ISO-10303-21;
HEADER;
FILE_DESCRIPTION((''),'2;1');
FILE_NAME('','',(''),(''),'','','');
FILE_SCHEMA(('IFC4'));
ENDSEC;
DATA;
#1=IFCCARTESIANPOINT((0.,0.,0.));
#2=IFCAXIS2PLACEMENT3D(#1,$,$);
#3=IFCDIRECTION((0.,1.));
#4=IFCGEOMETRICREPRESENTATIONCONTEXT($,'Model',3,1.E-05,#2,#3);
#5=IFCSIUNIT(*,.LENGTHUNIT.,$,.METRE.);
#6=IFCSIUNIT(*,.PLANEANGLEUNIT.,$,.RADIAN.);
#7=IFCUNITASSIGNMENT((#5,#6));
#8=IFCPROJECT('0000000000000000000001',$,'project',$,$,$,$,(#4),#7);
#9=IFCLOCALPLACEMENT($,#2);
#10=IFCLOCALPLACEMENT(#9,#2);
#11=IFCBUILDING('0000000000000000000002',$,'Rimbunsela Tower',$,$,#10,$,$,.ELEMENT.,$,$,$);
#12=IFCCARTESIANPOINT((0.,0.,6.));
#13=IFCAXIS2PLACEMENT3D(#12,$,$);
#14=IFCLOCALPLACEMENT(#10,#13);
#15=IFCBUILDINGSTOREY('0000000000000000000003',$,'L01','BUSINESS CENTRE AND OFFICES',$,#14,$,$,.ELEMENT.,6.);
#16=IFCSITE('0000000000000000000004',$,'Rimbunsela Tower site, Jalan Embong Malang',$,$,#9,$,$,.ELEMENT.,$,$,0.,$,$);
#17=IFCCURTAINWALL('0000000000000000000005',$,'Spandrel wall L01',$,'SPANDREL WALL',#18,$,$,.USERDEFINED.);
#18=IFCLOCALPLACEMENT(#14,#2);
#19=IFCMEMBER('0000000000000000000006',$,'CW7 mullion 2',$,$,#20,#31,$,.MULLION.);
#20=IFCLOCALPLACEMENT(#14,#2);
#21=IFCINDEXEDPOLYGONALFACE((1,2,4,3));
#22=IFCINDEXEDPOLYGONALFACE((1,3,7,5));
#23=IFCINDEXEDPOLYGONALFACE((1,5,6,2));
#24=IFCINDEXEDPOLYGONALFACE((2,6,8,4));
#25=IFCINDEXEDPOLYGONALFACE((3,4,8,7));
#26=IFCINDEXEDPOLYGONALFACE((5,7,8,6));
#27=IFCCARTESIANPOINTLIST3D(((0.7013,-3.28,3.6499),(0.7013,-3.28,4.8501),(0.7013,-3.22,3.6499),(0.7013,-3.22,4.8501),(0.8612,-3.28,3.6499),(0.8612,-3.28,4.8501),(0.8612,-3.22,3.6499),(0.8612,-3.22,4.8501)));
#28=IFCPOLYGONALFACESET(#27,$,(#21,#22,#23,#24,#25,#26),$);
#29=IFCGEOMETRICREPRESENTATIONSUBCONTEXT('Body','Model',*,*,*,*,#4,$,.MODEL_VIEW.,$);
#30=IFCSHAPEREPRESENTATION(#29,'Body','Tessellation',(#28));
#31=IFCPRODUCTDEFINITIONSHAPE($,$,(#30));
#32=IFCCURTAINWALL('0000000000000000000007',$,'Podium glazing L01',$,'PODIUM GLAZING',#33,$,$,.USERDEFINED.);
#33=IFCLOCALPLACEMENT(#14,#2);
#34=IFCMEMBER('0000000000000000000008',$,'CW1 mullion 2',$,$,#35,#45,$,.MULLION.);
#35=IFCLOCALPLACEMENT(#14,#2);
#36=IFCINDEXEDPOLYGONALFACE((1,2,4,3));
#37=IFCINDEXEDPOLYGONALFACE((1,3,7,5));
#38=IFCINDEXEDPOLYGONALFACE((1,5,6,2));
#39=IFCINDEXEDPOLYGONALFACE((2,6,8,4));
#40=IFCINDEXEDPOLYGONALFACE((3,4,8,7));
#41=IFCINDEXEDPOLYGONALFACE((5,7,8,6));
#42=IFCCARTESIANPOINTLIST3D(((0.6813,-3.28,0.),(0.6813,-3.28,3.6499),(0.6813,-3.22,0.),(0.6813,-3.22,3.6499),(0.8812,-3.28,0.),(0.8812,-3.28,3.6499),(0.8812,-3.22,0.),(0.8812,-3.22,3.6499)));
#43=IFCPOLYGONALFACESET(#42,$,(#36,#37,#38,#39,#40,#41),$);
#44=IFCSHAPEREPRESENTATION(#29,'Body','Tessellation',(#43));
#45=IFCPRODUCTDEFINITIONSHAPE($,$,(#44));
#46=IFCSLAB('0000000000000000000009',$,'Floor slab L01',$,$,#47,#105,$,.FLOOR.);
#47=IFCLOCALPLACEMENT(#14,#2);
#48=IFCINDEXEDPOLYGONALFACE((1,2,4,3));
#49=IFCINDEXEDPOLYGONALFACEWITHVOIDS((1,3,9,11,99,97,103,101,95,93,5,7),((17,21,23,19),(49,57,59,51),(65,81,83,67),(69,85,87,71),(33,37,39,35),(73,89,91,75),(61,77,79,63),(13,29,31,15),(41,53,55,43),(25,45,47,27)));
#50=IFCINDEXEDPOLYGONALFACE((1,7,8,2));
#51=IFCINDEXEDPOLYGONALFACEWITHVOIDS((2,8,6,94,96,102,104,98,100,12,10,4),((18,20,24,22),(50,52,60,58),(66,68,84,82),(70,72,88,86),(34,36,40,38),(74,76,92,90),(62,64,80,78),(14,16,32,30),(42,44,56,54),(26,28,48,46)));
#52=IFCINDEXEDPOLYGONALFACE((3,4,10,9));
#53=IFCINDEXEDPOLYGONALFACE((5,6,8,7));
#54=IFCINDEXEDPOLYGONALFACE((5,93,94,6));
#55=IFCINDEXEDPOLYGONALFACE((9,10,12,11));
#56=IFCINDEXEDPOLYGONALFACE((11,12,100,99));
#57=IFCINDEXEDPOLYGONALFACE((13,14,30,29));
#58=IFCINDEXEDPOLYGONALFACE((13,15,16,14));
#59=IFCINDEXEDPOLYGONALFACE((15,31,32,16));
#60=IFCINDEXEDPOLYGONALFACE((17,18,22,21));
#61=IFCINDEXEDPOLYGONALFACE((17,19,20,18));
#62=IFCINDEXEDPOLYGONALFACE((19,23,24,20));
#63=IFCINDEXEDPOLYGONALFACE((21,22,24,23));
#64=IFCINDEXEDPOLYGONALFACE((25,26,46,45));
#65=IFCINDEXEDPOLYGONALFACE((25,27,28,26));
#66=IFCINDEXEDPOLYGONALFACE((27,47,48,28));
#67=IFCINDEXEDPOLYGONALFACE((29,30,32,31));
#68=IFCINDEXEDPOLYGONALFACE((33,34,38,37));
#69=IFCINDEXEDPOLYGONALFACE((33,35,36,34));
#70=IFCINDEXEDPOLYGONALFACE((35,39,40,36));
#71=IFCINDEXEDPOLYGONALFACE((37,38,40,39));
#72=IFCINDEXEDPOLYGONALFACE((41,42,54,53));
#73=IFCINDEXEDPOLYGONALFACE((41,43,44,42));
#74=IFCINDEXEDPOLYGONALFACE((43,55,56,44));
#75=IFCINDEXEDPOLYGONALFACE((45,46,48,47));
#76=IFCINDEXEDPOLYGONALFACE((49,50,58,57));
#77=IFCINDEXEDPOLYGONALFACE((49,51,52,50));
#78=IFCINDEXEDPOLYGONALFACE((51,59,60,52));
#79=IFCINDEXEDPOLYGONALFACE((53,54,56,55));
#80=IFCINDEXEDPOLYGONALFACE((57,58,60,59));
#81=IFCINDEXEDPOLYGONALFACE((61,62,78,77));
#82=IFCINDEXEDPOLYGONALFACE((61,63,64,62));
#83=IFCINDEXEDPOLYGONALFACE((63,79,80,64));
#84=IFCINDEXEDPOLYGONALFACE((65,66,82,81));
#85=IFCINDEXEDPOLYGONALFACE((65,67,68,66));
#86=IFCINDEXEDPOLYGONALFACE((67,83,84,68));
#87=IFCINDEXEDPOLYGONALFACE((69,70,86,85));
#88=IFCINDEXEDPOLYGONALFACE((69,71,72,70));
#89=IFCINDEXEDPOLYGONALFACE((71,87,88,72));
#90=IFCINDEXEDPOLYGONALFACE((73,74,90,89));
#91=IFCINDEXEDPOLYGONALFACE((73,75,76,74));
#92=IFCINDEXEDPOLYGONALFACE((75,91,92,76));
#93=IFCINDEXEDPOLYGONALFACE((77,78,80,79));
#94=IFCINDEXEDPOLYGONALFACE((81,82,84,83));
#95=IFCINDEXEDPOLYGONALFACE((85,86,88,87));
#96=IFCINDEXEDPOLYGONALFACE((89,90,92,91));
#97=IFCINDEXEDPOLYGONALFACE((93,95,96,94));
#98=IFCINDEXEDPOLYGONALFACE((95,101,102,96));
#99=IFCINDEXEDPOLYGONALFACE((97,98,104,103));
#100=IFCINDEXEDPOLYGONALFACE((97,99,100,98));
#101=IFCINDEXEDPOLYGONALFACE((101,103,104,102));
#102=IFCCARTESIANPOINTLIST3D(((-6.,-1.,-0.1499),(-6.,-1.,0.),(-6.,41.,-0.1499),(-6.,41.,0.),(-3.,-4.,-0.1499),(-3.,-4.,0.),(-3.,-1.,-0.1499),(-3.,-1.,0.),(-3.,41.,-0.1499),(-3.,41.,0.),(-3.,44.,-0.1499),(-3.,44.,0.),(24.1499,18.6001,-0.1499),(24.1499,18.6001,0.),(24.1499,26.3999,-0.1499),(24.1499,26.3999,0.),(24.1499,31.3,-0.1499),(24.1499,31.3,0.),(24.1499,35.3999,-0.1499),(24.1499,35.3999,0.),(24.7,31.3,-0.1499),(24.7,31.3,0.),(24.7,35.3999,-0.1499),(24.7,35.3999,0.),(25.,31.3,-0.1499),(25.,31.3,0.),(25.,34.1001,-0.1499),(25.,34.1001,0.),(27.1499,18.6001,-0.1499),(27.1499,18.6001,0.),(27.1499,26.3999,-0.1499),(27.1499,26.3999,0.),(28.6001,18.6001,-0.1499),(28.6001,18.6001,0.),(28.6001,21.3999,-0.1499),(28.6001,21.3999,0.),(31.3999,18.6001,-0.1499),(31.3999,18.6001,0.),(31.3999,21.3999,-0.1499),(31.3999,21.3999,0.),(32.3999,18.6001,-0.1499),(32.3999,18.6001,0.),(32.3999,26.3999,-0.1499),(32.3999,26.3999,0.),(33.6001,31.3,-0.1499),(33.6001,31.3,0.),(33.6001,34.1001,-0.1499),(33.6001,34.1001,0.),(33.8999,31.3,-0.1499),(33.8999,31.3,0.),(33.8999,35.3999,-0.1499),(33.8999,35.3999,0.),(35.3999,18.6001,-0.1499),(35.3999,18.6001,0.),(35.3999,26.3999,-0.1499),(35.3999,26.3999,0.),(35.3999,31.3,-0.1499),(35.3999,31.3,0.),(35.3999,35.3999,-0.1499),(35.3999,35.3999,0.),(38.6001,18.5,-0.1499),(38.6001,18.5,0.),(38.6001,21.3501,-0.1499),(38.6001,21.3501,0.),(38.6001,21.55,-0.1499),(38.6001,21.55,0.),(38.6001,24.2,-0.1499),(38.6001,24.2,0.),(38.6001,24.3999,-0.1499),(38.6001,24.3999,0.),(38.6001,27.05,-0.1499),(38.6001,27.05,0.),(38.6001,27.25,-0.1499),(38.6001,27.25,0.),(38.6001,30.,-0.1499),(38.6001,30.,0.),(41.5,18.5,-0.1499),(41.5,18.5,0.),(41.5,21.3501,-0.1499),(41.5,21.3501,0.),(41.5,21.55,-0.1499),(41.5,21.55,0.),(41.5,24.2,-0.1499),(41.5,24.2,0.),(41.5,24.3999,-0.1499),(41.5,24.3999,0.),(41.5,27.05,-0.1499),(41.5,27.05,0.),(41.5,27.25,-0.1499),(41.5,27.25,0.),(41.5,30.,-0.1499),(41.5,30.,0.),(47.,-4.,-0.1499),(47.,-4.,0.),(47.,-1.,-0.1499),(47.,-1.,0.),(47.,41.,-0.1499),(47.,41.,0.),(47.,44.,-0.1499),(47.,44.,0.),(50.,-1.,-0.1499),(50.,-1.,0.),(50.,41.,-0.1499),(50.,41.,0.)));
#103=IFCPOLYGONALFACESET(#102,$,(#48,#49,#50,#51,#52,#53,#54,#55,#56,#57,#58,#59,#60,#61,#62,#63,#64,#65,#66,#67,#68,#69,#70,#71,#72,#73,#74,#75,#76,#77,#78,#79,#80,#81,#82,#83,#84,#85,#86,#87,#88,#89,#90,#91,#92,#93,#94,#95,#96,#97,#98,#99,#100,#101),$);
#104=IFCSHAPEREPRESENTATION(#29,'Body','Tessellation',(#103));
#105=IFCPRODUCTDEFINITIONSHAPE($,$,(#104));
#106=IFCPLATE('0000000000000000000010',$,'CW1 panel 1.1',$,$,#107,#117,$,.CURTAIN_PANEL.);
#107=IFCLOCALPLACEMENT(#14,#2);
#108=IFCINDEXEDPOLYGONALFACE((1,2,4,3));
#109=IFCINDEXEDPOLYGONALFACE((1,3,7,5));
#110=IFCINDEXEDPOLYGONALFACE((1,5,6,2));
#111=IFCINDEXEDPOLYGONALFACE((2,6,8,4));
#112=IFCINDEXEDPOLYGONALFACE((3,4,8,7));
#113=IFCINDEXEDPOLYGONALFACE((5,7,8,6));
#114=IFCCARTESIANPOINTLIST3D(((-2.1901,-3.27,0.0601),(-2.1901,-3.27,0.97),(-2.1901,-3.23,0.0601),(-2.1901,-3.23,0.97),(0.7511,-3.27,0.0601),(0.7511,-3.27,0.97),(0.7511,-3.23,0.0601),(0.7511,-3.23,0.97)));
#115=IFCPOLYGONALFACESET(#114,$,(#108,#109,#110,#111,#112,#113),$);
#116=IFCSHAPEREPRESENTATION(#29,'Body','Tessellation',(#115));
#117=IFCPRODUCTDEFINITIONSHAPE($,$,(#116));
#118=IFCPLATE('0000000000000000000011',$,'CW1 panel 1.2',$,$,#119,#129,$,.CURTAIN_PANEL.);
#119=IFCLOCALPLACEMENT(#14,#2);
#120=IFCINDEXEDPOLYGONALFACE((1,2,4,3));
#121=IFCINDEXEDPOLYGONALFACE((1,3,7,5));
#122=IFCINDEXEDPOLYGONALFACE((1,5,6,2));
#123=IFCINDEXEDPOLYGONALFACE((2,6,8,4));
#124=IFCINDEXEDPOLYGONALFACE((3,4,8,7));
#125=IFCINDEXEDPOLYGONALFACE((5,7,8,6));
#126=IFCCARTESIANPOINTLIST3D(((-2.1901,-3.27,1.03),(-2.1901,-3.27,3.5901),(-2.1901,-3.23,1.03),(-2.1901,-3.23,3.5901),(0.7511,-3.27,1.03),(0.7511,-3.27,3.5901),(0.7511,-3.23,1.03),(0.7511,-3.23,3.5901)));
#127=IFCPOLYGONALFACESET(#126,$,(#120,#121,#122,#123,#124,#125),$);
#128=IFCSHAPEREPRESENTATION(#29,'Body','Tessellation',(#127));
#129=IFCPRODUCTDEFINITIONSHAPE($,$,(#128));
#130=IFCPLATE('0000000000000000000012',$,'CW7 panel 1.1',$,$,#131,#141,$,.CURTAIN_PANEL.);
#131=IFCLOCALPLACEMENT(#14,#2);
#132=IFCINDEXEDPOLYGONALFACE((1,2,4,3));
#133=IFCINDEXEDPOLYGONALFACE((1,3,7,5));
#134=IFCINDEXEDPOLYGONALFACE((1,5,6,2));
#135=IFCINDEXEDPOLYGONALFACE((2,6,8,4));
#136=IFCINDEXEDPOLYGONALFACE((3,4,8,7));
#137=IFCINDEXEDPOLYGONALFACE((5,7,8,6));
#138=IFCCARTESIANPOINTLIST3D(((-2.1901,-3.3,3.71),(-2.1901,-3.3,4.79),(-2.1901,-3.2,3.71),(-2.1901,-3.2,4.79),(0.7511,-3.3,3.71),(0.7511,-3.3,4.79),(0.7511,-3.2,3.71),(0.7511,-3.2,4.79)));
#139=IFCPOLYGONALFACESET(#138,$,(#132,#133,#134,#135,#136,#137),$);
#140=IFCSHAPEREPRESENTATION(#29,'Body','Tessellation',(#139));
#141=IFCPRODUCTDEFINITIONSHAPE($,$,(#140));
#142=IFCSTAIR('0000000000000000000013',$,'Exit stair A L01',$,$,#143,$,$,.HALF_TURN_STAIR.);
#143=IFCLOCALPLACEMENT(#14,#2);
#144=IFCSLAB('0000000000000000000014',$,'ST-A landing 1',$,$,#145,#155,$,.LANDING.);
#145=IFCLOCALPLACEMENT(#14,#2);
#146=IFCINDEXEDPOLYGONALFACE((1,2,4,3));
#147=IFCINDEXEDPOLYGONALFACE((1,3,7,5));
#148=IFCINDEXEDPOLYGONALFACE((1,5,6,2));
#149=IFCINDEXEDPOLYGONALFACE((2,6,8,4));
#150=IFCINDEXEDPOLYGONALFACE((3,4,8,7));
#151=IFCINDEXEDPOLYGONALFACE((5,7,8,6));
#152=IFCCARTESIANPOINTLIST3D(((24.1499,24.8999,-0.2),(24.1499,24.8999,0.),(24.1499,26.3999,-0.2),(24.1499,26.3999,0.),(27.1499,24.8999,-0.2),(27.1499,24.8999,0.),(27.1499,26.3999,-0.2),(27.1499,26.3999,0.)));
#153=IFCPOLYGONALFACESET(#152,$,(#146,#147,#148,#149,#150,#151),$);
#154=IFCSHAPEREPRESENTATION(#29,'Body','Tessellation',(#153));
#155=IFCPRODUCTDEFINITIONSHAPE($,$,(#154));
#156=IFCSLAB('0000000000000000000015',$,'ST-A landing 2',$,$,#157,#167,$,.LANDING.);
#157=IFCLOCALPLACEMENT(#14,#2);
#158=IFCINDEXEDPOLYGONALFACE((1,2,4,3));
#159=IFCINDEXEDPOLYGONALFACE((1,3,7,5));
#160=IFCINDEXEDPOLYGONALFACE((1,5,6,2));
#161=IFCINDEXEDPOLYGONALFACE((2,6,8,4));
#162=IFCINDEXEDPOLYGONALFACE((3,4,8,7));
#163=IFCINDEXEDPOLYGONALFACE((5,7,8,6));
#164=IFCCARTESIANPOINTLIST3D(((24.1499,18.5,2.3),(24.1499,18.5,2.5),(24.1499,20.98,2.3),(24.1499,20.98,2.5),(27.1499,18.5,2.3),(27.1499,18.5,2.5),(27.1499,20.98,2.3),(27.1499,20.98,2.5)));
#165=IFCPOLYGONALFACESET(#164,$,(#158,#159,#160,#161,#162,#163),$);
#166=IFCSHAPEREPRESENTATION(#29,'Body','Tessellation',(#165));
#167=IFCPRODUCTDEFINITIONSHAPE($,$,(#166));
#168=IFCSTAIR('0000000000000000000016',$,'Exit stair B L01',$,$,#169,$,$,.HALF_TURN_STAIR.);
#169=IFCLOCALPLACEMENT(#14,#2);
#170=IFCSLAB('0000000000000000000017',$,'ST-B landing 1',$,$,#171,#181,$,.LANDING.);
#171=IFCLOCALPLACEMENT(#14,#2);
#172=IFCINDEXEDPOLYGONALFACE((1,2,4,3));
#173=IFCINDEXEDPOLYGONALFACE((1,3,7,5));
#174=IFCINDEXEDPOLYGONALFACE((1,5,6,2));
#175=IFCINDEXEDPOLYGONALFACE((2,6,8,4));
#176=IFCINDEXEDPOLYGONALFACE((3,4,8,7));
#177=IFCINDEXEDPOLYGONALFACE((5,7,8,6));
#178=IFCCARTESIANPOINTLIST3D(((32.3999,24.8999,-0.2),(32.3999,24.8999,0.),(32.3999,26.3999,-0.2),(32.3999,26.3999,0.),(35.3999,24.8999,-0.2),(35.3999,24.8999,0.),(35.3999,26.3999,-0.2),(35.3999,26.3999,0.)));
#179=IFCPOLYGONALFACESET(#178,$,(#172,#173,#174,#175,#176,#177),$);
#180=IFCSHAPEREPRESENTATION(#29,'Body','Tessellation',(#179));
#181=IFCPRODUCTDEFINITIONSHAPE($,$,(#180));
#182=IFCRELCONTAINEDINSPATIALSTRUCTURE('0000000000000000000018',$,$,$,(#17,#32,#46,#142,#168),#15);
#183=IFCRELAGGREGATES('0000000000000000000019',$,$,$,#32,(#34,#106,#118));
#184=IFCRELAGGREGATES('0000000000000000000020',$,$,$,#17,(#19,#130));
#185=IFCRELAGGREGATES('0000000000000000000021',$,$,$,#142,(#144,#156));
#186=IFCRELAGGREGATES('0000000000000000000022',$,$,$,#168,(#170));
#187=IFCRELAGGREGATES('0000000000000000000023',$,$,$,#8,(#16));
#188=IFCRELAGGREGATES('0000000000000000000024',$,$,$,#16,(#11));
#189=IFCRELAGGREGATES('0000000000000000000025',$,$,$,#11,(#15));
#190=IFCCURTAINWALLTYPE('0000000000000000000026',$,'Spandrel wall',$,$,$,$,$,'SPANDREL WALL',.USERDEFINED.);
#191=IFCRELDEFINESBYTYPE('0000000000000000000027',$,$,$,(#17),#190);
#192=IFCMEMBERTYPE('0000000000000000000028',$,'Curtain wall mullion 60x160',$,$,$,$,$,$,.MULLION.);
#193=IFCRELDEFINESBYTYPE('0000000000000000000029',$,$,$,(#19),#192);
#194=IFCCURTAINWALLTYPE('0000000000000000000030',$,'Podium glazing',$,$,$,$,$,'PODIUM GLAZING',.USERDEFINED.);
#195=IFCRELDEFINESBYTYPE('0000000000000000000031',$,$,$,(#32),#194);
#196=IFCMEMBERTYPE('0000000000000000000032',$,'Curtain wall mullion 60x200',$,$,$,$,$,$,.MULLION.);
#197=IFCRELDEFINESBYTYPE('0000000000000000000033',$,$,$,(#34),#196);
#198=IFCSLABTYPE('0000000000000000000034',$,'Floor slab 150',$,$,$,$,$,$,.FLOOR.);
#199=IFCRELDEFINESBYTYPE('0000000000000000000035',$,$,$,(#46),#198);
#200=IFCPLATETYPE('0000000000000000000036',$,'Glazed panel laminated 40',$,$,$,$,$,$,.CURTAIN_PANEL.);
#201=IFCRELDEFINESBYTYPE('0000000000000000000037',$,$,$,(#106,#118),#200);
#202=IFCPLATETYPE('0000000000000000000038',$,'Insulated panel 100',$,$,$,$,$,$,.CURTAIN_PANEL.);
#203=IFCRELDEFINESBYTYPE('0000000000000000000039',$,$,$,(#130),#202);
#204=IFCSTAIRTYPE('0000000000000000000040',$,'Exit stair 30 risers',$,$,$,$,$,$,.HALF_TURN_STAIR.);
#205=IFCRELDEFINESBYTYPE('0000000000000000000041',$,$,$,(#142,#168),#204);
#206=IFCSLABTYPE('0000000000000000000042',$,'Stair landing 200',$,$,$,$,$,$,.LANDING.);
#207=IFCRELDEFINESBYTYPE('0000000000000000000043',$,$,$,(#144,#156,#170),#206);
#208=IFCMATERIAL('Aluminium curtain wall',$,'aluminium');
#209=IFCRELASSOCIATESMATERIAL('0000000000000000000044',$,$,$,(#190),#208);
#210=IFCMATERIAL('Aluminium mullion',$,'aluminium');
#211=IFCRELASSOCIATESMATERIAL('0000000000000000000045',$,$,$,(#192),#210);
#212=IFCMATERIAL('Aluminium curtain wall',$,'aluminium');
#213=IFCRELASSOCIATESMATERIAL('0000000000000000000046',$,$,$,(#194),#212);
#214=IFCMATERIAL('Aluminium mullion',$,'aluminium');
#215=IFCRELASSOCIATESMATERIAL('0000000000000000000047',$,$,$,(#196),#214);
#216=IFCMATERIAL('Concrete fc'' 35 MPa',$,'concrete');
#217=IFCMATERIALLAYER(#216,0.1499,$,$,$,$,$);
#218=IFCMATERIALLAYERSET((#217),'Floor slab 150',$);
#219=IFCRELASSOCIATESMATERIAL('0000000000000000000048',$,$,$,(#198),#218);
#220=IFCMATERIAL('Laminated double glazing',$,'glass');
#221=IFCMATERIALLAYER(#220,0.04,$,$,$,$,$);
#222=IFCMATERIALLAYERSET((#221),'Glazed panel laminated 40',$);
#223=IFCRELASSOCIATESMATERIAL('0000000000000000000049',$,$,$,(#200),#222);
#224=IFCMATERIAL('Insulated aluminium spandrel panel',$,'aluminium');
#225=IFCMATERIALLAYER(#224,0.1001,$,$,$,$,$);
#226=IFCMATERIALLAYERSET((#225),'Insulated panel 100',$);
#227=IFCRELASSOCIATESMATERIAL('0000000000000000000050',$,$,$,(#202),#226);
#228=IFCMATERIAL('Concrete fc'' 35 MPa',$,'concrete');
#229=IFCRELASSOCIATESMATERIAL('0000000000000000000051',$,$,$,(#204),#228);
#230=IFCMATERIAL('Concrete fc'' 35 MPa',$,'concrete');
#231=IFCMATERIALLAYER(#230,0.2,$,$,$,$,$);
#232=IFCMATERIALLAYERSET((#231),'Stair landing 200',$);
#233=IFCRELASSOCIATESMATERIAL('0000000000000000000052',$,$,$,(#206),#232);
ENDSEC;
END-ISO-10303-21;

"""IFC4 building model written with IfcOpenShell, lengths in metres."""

from ifc_helpers import new_model, si_unit, direction, frame, origin, origin_2d, place, context, subcontext, project, spatial, polyline, rectangle, outline, extrude, material, layer, layer_set, material_profile, profile_set, type_object, element, aggregate, save


model = new_model("IFC4")

# Units and contexts
model_context = context("Model", 3, precision=1e-05, world=origin(), true_north=direction((0.0, 1.0)))
body_context = subcontext(model_context, "Body", "Model", "MODEL_VIEW")
ifc_project = project(units=[si_unit("LENGTHUNIT", "METRE"), si_unit("PLANEANGLEUNIT", "RADIAN")], contexts=[model_context])

# Site, building, storey
site_placement = place(None, origin())
site = spatial("IfcSite", under=ifc_project, at=site_placement, Name="Rimbunsela Tower site, Jalan Embong Malang", CompositionType="ELEMENT", RefElevation=0.0)
building_placement = place(site_placement, origin())
building = spatial("IfcBuilding", under=site, at=building_placement, Name="Rimbunsela Tower", CompositionType="ELEMENT")
storey_placement = place(building_placement, frame((0.0, 0.0, 6.0)))
storey = spatial("IfcBuildingStorey", under=building, at=storey_placement, Name="L01", Description="BUSINESS CENTRE AND OFFICES", CompositionType="ELEMENT", Elevation=6.0)

# Curtain walls, members
ifc_material_1 = material(Name="Aluminium curtain wall", Category="aluminium")
curtain_wall_type_1 = type_object("IfcCurtainWallType", Name="Spandrel wall", ElementType="SPANDREL WALL", PredefinedType="USERDEFINED", material=ifc_material_1)
curtain_wall_1_placement = place(storey_placement, origin())
curtain_wall_1 = element("IfcCurtainWall", 1, at=curtain_wall_1_placement, inside=storey, type_object=curtain_wall_type_1, Name="Spandrel wall L01", ObjectType="SPANDREL WALL", PredefinedType="USERDEFINED")
ifc_material_2 = material(Name="Aluminium mullion", Category="aluminium")
ifc_material_profile_1 = material_profile(ifc_material_2, rectangle(XDim=0.0601, YDim=0.1599, at=origin_2d()), Name="Mullion 60x160")
ifc_profile_set_1 = profile_set([ifc_material_profile_1], Name="Aluminium mullion")
member_type_1 = type_object("IfcMemberType", Name="Curtain wall mullion 60x160", PredefinedType="MULLION", material=ifc_profile_set_1)
member_1_placement = place(storey_placement, frame((0.7812, -3.25, 3.6499), z_axis=(0.0, 0.0, 1.0), x_axis=(0.0, 1.0, 0.0)))
member_1 = element("IfcMember", 2, at=member_1_placement, type_object=member_type_1, Name="CW7 mullion 2", PredefinedType="MULLION", context=body_context, shape_type="SweptSolid", body=[
    extrude(rectangle(XDim=0.0601, YDim=0.1599, at=origin_2d()), origin(), (0.0, 0.0, 1.0), 1.2002),
])
ifc_material_3 = material(Name="Aluminium curtain wall", Category="aluminium")
curtain_wall_type_2 = type_object("IfcCurtainWallType", Name="Podium glazing", ElementType="PODIUM GLAZING", PredefinedType="USERDEFINED", material=ifc_material_3)
curtain_wall_2_placement = place(storey_placement, origin())
curtain_wall_2 = element("IfcCurtainWall", 3, at=curtain_wall_2_placement, inside=storey, type_object=curtain_wall_type_2, Name="Podium glazing L01", ObjectType="PODIUM GLAZING", PredefinedType="USERDEFINED")
ifc_material_4 = material(Name="Aluminium mullion", Category="aluminium")
ifc_material_profile_2 = material_profile(ifc_material_4, rectangle(XDim=0.0601, YDim=0.2, at=origin_2d()), Name="Mullion 60x200")
ifc_profile_set_2 = profile_set([ifc_material_profile_2], Name="Aluminium mullion")
member_type_2 = type_object("IfcMemberType", Name="Curtain wall mullion 60x200", PredefinedType="MULLION", material=ifc_profile_set_2)
member_2_placement = place(storey_placement, frame((0.7812, -3.25, 0.0), z_axis=(0.0, 0.0, 1.0), x_axis=(0.0, 1.0, 0.0)))
member_2 = element("IfcMember", 4, at=member_2_placement, type_object=member_type_2, Name="CW1 mullion 2", PredefinedType="MULLION", context=body_context, shape_type="SweptSolid", body=[
    extrude(rectangle(XDim=0.0601, YDim=0.2, at=origin_2d()), origin(), (0.0, 0.0, 1.0), 3.6499),
])

# Slab
ifc_material_5 = material(Name="Concrete fc' 35 MPa", Category="concrete")
ifc_layer_1 = layer(ifc_material_5, 0.1499)
ifc_layer_set_1 = layer_set([ifc_layer_1], Name="Floor slab 150")
slab_type_1 = type_object("IfcSlabType", Name="Floor slab 150", PredefinedType="FLOOR", material=ifc_layer_set_1)
slab_1_placement = place(storey_placement, frame((0.0, 0.0, -0.1499)))
element("IfcSlab", 5, at=slab_1_placement, inside=storey, type_object=slab_type_1, Name="Floor slab L01", PredefinedType="FLOOR", context=body_context, shape_type="SweptSolid", body=[
    extrude(outline(polyline([(-3.0, -4.0), (47.0, -4.0), (47.0, -1.0), (50.0, -1.0), (50.0, 41.0), (47.0, 41.0), (47.0, 44.0), (-3.0, 44.0), (-3.0, 41.0), (-6.0, 41.0), (-6.0, -1.0), (-3.0, -1.0), (-3.0, -4.0)]), holes=[polyline([(27.1499, 18.6001), (27.1499, 26.3999), (24.1499, 26.3999), (24.1499, 18.6001), (27.1499, 18.6001)]), polyline([(24.7, 31.3), (24.7, 35.3999), (24.1499, 35.3999), (24.1499, 31.3), (24.7, 31.3)]), polyline([(25.0, 34.1001), (25.0, 31.3), (33.6001, 31.3), (33.6001, 34.1001), (25.0, 34.1001)]), polyline([(31.3999, 21.3999), (28.6001, 21.3999), (28.6001, 18.6001), (31.3999, 18.6001), (31.3999, 21.3999)]), polyline([(35.3999, 18.6001), (35.3999, 26.3999), (32.3999, 26.3999), (32.3999, 18.6001), (35.3999, 18.6001)]), polyline([(35.3999, 31.3), (35.3999, 35.3999), (33.8999, 35.3999), (33.8999, 31.3), (35.3999, 31.3)]), polyline([(41.5, 21.3501), (38.6001, 21.3501), (38.6001, 18.5), (41.5, 18.5), (41.5, 21.3501)]), polyline([(41.5, 21.55), (41.5, 24.2), (38.6001, 24.2), (38.6001, 21.55), (41.5, 21.55)]), polyline([(41.5, 27.05), (38.6001, 27.05), (38.6001, 24.3999), (41.5, 24.3999), (41.5, 27.05)]), polyline([(41.5, 27.25), (41.5, 30.0), (38.6001, 30.0), (38.6001, 27.25), (41.5, 27.25)])]), origin(), (0.0, 0.0, 1.0), 0.1499),
])

# Plates
ifc_material_6 = material(Name="Laminated double glazing", Category="glass")
ifc_layer_2 = layer(ifc_material_6, 0.04)
ifc_layer_set_2 = layer_set([ifc_layer_2], Name="Glazed panel laminated 40")
plate_type_1 = type_object("IfcPlateType", Name="Glazed panel laminated 40", PredefinedType="CURTAIN_PANEL", material=ifc_layer_set_2)
plate_1_placement = place(storey_placement, frame((-0.7195, -3.25, 0.0601), z_axis=(0.0, 0.0, 1.0), x_axis=(1.0, 0.0, 0.0)))
plate_1 = element("IfcPlate", 6, at=plate_1_placement, type_object=plate_type_1, Name="CW1 panel 1.1", PredefinedType="CURTAIN_PANEL", context=body_context, shape_type="SweptSolid", body=[
    extrude(rectangle(XDim=2.9412, YDim=0.04, at=origin_2d()), origin(), (0.0, 0.0, 1.0), 0.9099),
])
plate_2_placement = place(storey_placement, frame((-0.7195, -3.25, 1.03), z_axis=(0.0, 0.0, 1.0), x_axis=(1.0, 0.0, 0.0)))
plate_2 = element("IfcPlate", 7, at=plate_2_placement, type_object=plate_type_1, Name="CW1 panel 1.2", PredefinedType="CURTAIN_PANEL", context=body_context, shape_type="SweptSolid", body=[
    extrude(rectangle(XDim=2.9412, YDim=0.04, at=origin_2d()), origin(), (0.0, 0.0, 1.0), 2.5601),
])
aggregate(curtain_wall_2, [member_2, plate_1, plate_2])
ifc_material_7 = material(Name="Insulated aluminium spandrel panel", Category="aluminium")
ifc_layer_3 = layer(ifc_material_7, 0.1001)
ifc_layer_set_3 = layer_set([ifc_layer_3], Name="Insulated panel 100")
plate_type_2 = type_object("IfcPlateType", Name="Insulated panel 100", PredefinedType="CURTAIN_PANEL", material=ifc_layer_set_3)
plate_3_placement = place(storey_placement, frame((-0.7195, -3.25, 3.71), z_axis=(0.0, 0.0, 1.0), x_axis=(1.0, 0.0, 0.0)))
plate_3 = element("IfcPlate", 8, at=plate_3_placement, type_object=plate_type_2, Name="CW7 panel 1.1", PredefinedType="CURTAIN_PANEL", context=body_context, shape_type="SweptSolid", body=[
    extrude(rectangle(XDim=2.9412, YDim=0.1001, at=origin_2d()), origin(), (0.0, 0.0, 1.0), 1.0801),
])
aggregate(curtain_wall_1, [member_1, plate_3])

# Stairs, slabs
ifc_material_8 = material(Name="Concrete fc' 35 MPa", Category="concrete")
stair_type = type_object("IfcStairType", Name="Exit stair 30 risers", PredefinedType="HALF_TURN_STAIR", material=ifc_material_8)
stair_1_placement = place(storey_placement, origin())
stair_1 = element("IfcStair", 9, at=stair_1_placement, inside=storey, type_object=stair_type, Name="Exit stair A L01", PredefinedType="HALF_TURN_STAIR")
ifc_material_9 = material(Name="Concrete fc' 35 MPa", Category="concrete")
ifc_layer_4 = layer(ifc_material_9, 0.2)
ifc_layer_set_4 = layer_set([ifc_layer_4], Name="Stair landing 200")
slab_type_2 = type_object("IfcSlabType", Name="Stair landing 200", PredefinedType="LANDING", material=ifc_layer_set_4)
slab_2_placement = place(storey_placement, frame((0.0, 0.0, -0.2)))
slab_2 = element("IfcSlab", 10, at=slab_2_placement, type_object=slab_type_2, Name="ST-A landing 1", PredefinedType="LANDING", context=body_context, shape_type="SweptSolid", body=[
    extrude(outline(polyline([(24.1499, 24.8999), (27.1499, 24.8999), (27.1499, 26.3999), (24.1499, 26.3999), (24.1499, 24.8999)])), origin(), (0.0, 0.0, 1.0), 0.2),
])
slab_3_placement = place(storey_placement, frame((0.0, 0.0, 2.3)))
slab_3 = element("IfcSlab", 11, at=slab_3_placement, type_object=slab_type_2, Name="ST-A landing 2", PredefinedType="LANDING", context=body_context, shape_type="SweptSolid", body=[
    extrude(outline(polyline([(24.1499, 18.5), (27.1499, 18.5), (27.1499, 20.98), (24.1499, 20.98), (24.1499, 18.5)])), origin(), (0.0, 0.0, 1.0), 0.2),
])
aggregate(stair_1, [slab_2, slab_3])
stair_2_placement = place(storey_placement, origin())
stair_2 = element("IfcStair", 12, at=stair_2_placement, inside=storey, type_object=stair_type, Name="Exit stair B L01", PredefinedType="HALF_TURN_STAIR")
slab_4_placement = place(storey_placement, frame((0.0, 0.0, -0.2)))
slab_4 = element("IfcSlab", 13, at=slab_4_placement, type_object=slab_type_2, Name="ST-B landing 1", PredefinedType="LANDING", context=body_context, shape_type="SweptSolid", body=[
    extrude(outline(polyline([(32.3999, 24.8999), (35.3999, 24.8999), (35.3999, 26.3999), (32.3999, 26.3999), (32.3999, 24.8999)])), origin(), (0.0, 0.0, 1.0), 0.2),
])
aggregate(stair_2, [slab_4])

save(model, "model.ifc")
